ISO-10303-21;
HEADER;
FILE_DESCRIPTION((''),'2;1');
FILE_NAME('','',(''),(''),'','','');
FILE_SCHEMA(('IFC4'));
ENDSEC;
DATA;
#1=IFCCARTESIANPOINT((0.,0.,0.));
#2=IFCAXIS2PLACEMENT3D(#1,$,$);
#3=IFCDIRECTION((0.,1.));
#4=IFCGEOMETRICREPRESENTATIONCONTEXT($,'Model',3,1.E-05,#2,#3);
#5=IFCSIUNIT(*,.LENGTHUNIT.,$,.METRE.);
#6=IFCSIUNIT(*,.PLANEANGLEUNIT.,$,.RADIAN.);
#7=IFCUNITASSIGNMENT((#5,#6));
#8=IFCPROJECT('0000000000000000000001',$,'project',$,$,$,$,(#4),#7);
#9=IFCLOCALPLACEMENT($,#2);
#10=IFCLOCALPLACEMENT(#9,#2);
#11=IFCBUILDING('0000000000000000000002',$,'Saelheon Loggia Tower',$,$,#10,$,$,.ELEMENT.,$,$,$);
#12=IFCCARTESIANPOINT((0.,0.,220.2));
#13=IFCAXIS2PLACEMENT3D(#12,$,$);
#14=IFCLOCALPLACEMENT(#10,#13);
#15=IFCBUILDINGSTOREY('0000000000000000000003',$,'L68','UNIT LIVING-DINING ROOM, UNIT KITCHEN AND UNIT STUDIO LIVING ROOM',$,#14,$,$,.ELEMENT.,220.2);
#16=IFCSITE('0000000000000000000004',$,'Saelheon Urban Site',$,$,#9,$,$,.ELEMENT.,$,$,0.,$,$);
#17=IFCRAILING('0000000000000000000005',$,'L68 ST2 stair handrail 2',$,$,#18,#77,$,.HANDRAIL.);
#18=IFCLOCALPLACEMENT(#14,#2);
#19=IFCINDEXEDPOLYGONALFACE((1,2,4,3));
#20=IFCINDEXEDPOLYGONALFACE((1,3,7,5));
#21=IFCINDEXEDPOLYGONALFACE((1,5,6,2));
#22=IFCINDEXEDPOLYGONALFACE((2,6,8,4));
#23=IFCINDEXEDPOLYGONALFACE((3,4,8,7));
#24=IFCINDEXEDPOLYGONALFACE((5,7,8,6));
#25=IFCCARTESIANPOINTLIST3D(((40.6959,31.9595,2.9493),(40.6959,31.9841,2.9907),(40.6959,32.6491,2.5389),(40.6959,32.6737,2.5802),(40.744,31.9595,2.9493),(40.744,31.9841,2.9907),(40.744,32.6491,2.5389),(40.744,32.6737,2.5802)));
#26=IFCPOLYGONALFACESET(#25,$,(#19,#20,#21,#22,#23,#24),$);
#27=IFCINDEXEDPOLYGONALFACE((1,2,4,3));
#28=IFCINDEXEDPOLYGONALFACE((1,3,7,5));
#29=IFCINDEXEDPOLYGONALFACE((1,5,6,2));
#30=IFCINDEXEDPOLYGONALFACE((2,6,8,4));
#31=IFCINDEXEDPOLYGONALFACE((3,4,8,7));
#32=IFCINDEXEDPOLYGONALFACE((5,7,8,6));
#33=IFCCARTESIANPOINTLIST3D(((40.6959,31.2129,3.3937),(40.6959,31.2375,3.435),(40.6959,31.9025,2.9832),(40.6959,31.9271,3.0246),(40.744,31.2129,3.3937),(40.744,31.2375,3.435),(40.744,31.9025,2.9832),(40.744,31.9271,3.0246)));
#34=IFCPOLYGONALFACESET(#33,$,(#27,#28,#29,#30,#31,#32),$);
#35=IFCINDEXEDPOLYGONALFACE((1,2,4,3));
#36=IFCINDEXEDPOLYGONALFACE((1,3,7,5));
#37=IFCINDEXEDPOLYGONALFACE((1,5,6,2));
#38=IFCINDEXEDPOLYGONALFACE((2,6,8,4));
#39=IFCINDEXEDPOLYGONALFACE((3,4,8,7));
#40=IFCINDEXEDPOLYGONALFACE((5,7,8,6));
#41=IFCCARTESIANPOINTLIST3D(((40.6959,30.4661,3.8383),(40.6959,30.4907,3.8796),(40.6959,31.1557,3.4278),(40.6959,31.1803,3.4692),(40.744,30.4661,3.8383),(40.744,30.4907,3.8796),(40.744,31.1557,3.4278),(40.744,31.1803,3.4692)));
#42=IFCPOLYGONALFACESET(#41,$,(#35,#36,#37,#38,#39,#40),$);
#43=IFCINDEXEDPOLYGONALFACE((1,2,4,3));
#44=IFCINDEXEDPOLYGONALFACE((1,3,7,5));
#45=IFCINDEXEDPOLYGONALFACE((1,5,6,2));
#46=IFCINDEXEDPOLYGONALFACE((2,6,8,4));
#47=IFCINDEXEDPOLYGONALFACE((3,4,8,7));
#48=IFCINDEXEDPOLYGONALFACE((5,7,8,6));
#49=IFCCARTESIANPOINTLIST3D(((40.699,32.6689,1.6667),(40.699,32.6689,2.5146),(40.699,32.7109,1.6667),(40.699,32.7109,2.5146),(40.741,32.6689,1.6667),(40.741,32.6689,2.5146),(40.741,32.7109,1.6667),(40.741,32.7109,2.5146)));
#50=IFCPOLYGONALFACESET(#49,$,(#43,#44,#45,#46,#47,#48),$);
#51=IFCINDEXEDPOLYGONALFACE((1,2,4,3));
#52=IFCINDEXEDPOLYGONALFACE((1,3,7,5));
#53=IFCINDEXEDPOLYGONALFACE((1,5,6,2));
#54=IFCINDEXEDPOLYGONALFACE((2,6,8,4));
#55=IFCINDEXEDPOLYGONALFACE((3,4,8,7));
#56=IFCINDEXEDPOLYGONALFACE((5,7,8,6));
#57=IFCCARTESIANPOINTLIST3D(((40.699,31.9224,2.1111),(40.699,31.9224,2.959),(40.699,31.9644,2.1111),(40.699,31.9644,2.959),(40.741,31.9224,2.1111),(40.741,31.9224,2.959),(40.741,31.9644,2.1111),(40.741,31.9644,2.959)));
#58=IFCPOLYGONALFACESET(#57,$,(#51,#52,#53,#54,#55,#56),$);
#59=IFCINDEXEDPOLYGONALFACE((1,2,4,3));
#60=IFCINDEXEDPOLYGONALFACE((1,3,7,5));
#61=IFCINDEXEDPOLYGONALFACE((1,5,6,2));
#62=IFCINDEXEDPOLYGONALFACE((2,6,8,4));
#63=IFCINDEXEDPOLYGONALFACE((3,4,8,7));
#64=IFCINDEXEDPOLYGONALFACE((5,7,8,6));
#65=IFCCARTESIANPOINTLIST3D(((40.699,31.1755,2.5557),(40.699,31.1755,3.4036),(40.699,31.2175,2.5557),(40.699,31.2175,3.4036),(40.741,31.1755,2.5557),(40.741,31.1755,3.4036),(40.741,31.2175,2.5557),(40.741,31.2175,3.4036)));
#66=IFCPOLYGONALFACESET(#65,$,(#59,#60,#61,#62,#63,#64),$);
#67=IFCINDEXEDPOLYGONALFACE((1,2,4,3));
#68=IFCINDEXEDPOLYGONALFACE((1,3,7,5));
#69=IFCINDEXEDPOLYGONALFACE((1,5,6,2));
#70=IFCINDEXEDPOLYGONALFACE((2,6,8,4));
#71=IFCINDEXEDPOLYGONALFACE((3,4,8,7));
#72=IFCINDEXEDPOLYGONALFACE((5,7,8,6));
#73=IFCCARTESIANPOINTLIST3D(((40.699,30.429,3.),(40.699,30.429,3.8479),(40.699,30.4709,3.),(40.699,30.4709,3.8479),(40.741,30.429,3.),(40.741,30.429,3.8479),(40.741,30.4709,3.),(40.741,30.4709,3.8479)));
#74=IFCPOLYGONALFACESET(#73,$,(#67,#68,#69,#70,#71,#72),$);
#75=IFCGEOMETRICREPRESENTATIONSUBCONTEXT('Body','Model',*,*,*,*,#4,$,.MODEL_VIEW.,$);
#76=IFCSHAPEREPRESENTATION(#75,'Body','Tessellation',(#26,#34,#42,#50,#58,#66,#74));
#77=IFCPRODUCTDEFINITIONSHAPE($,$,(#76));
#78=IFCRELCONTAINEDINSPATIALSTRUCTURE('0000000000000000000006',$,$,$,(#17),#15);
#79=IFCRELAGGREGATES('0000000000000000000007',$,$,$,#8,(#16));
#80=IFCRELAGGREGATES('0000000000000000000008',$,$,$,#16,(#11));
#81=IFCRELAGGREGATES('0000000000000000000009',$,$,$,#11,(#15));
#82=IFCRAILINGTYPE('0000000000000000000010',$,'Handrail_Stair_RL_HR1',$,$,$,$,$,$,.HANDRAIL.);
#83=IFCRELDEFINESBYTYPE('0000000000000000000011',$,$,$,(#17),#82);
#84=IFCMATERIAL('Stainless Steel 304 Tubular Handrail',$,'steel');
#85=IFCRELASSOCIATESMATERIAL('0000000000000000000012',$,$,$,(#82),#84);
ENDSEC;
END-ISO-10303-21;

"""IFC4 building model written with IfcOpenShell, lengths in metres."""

from ifc_helpers import new_model, si_unit, direction, frame, origin, origin_2d, place, context, subcontext, project, spatial, rectangle, extrude, material, type_object, element, save


model = new_model("IFC4")

# Units and contexts
model_context = context("Model", 3, precision=1e-05, world=origin(), true_north=direction((0.0, 1.0)))
body_context = subcontext(model_context, "Body", "Model", "MODEL_VIEW")
ifc_project = project(units=[si_unit("LENGTHUNIT", "METRE"), si_unit("PLANEANGLEUNIT", "RADIAN")], contexts=[model_context])

# Site, building, storey
site_placement = place(None, origin())
site = spatial("IfcSite", under=ifc_project, at=site_placement, Name="Saelheon Urban Site", CompositionType="ELEMENT", RefElevation=0.0)
building_placement = place(site_placement, origin())
building = spatial("IfcBuilding", under=site, at=building_placement, Name="Saelheon Loggia Tower", CompositionType="ELEMENT")
storey_placement = place(building_placement, frame((0.0, 0.0, 220.2)))
storey = spatial("IfcBuildingStorey", under=building, at=storey_placement, Name="L68", Description="UNIT LIVING-DINING ROOM, UNIT KITCHEN AND UNIT STUDIO LIVING ROOM", CompositionType="ELEMENT", Elevation=220.2)

# Railing
ifc_material_1 = material(Name="Stainless Steel 304 Tubular Handrail", Category="steel")
railing_type_1 = type_object("IfcRailingType", Name="Handrail_Stair_RL_HR1", PredefinedType="HANDRAIL", material=ifc_material_1)
railing_1_placement = place(storey_placement, frame((40.72, 32.6899, 1.6667)))
element("IfcRailing", 1, at=railing_1_placement, inside=storey, type_object=railing_type_1, Name="L68 ST2 stair handrail 2", PredefinedType="HANDRAIL", context=body_context, shape_type="SweptSolid", body=[
    extrude(rectangle(XDim=0.0481, YDim=0.0481, at=origin_2d()), frame((0.0, -0.0286, 0.8928), z_axis=(0.0, -0.859306, 0.511462), x_axis=(1.0, 0.0, 0.0)), (0.0, 0.0, 1.0), 0.8025),
    extrude(rectangle(XDim=0.0481, YDim=0.0481, at=origin_2d()), frame((0.0, -0.7751, 1.3372), z_axis=(0.0, -0.859306, 0.511462), x_axis=(1.0, 0.0, 0.0)), (0.0, 0.0, 1.0), 0.8025),
    extrude(rectangle(XDim=0.0481, YDim=0.0481, at=origin_2d()), frame((0.0, -1.522, 1.7817), z_axis=(0.0, -0.859306, 0.511462), x_axis=(1.0, 0.0, 0.0)), (0.0, 0.0, 1.0), 0.8025),
    extrude(rectangle(XDim=0.042, YDim=0.042, at=origin_2d()), origin(), (0.0, 0.0, 1.0), 0.8479),
    extrude(rectangle(XDim=0.042, YDim=0.042, at=origin_2d()), frame((0.0, -0.7466, 0.4443)), (0.0, 0.0, 1.0), 0.8479),
    extrude(rectangle(XDim=0.042, YDim=0.042, at=origin_2d()), frame((0.0, -1.4934, 0.8889)), (0.0, 0.0, 1.0), 0.8479),
    extrude(rectangle(XDim=0.042, YDim=0.042, at=origin_2d()), frame((0.0, -2.24, 1.3333)), (0.0, 0.0, 1.0), 0.8479),
])

save(model, "model.ifc")
